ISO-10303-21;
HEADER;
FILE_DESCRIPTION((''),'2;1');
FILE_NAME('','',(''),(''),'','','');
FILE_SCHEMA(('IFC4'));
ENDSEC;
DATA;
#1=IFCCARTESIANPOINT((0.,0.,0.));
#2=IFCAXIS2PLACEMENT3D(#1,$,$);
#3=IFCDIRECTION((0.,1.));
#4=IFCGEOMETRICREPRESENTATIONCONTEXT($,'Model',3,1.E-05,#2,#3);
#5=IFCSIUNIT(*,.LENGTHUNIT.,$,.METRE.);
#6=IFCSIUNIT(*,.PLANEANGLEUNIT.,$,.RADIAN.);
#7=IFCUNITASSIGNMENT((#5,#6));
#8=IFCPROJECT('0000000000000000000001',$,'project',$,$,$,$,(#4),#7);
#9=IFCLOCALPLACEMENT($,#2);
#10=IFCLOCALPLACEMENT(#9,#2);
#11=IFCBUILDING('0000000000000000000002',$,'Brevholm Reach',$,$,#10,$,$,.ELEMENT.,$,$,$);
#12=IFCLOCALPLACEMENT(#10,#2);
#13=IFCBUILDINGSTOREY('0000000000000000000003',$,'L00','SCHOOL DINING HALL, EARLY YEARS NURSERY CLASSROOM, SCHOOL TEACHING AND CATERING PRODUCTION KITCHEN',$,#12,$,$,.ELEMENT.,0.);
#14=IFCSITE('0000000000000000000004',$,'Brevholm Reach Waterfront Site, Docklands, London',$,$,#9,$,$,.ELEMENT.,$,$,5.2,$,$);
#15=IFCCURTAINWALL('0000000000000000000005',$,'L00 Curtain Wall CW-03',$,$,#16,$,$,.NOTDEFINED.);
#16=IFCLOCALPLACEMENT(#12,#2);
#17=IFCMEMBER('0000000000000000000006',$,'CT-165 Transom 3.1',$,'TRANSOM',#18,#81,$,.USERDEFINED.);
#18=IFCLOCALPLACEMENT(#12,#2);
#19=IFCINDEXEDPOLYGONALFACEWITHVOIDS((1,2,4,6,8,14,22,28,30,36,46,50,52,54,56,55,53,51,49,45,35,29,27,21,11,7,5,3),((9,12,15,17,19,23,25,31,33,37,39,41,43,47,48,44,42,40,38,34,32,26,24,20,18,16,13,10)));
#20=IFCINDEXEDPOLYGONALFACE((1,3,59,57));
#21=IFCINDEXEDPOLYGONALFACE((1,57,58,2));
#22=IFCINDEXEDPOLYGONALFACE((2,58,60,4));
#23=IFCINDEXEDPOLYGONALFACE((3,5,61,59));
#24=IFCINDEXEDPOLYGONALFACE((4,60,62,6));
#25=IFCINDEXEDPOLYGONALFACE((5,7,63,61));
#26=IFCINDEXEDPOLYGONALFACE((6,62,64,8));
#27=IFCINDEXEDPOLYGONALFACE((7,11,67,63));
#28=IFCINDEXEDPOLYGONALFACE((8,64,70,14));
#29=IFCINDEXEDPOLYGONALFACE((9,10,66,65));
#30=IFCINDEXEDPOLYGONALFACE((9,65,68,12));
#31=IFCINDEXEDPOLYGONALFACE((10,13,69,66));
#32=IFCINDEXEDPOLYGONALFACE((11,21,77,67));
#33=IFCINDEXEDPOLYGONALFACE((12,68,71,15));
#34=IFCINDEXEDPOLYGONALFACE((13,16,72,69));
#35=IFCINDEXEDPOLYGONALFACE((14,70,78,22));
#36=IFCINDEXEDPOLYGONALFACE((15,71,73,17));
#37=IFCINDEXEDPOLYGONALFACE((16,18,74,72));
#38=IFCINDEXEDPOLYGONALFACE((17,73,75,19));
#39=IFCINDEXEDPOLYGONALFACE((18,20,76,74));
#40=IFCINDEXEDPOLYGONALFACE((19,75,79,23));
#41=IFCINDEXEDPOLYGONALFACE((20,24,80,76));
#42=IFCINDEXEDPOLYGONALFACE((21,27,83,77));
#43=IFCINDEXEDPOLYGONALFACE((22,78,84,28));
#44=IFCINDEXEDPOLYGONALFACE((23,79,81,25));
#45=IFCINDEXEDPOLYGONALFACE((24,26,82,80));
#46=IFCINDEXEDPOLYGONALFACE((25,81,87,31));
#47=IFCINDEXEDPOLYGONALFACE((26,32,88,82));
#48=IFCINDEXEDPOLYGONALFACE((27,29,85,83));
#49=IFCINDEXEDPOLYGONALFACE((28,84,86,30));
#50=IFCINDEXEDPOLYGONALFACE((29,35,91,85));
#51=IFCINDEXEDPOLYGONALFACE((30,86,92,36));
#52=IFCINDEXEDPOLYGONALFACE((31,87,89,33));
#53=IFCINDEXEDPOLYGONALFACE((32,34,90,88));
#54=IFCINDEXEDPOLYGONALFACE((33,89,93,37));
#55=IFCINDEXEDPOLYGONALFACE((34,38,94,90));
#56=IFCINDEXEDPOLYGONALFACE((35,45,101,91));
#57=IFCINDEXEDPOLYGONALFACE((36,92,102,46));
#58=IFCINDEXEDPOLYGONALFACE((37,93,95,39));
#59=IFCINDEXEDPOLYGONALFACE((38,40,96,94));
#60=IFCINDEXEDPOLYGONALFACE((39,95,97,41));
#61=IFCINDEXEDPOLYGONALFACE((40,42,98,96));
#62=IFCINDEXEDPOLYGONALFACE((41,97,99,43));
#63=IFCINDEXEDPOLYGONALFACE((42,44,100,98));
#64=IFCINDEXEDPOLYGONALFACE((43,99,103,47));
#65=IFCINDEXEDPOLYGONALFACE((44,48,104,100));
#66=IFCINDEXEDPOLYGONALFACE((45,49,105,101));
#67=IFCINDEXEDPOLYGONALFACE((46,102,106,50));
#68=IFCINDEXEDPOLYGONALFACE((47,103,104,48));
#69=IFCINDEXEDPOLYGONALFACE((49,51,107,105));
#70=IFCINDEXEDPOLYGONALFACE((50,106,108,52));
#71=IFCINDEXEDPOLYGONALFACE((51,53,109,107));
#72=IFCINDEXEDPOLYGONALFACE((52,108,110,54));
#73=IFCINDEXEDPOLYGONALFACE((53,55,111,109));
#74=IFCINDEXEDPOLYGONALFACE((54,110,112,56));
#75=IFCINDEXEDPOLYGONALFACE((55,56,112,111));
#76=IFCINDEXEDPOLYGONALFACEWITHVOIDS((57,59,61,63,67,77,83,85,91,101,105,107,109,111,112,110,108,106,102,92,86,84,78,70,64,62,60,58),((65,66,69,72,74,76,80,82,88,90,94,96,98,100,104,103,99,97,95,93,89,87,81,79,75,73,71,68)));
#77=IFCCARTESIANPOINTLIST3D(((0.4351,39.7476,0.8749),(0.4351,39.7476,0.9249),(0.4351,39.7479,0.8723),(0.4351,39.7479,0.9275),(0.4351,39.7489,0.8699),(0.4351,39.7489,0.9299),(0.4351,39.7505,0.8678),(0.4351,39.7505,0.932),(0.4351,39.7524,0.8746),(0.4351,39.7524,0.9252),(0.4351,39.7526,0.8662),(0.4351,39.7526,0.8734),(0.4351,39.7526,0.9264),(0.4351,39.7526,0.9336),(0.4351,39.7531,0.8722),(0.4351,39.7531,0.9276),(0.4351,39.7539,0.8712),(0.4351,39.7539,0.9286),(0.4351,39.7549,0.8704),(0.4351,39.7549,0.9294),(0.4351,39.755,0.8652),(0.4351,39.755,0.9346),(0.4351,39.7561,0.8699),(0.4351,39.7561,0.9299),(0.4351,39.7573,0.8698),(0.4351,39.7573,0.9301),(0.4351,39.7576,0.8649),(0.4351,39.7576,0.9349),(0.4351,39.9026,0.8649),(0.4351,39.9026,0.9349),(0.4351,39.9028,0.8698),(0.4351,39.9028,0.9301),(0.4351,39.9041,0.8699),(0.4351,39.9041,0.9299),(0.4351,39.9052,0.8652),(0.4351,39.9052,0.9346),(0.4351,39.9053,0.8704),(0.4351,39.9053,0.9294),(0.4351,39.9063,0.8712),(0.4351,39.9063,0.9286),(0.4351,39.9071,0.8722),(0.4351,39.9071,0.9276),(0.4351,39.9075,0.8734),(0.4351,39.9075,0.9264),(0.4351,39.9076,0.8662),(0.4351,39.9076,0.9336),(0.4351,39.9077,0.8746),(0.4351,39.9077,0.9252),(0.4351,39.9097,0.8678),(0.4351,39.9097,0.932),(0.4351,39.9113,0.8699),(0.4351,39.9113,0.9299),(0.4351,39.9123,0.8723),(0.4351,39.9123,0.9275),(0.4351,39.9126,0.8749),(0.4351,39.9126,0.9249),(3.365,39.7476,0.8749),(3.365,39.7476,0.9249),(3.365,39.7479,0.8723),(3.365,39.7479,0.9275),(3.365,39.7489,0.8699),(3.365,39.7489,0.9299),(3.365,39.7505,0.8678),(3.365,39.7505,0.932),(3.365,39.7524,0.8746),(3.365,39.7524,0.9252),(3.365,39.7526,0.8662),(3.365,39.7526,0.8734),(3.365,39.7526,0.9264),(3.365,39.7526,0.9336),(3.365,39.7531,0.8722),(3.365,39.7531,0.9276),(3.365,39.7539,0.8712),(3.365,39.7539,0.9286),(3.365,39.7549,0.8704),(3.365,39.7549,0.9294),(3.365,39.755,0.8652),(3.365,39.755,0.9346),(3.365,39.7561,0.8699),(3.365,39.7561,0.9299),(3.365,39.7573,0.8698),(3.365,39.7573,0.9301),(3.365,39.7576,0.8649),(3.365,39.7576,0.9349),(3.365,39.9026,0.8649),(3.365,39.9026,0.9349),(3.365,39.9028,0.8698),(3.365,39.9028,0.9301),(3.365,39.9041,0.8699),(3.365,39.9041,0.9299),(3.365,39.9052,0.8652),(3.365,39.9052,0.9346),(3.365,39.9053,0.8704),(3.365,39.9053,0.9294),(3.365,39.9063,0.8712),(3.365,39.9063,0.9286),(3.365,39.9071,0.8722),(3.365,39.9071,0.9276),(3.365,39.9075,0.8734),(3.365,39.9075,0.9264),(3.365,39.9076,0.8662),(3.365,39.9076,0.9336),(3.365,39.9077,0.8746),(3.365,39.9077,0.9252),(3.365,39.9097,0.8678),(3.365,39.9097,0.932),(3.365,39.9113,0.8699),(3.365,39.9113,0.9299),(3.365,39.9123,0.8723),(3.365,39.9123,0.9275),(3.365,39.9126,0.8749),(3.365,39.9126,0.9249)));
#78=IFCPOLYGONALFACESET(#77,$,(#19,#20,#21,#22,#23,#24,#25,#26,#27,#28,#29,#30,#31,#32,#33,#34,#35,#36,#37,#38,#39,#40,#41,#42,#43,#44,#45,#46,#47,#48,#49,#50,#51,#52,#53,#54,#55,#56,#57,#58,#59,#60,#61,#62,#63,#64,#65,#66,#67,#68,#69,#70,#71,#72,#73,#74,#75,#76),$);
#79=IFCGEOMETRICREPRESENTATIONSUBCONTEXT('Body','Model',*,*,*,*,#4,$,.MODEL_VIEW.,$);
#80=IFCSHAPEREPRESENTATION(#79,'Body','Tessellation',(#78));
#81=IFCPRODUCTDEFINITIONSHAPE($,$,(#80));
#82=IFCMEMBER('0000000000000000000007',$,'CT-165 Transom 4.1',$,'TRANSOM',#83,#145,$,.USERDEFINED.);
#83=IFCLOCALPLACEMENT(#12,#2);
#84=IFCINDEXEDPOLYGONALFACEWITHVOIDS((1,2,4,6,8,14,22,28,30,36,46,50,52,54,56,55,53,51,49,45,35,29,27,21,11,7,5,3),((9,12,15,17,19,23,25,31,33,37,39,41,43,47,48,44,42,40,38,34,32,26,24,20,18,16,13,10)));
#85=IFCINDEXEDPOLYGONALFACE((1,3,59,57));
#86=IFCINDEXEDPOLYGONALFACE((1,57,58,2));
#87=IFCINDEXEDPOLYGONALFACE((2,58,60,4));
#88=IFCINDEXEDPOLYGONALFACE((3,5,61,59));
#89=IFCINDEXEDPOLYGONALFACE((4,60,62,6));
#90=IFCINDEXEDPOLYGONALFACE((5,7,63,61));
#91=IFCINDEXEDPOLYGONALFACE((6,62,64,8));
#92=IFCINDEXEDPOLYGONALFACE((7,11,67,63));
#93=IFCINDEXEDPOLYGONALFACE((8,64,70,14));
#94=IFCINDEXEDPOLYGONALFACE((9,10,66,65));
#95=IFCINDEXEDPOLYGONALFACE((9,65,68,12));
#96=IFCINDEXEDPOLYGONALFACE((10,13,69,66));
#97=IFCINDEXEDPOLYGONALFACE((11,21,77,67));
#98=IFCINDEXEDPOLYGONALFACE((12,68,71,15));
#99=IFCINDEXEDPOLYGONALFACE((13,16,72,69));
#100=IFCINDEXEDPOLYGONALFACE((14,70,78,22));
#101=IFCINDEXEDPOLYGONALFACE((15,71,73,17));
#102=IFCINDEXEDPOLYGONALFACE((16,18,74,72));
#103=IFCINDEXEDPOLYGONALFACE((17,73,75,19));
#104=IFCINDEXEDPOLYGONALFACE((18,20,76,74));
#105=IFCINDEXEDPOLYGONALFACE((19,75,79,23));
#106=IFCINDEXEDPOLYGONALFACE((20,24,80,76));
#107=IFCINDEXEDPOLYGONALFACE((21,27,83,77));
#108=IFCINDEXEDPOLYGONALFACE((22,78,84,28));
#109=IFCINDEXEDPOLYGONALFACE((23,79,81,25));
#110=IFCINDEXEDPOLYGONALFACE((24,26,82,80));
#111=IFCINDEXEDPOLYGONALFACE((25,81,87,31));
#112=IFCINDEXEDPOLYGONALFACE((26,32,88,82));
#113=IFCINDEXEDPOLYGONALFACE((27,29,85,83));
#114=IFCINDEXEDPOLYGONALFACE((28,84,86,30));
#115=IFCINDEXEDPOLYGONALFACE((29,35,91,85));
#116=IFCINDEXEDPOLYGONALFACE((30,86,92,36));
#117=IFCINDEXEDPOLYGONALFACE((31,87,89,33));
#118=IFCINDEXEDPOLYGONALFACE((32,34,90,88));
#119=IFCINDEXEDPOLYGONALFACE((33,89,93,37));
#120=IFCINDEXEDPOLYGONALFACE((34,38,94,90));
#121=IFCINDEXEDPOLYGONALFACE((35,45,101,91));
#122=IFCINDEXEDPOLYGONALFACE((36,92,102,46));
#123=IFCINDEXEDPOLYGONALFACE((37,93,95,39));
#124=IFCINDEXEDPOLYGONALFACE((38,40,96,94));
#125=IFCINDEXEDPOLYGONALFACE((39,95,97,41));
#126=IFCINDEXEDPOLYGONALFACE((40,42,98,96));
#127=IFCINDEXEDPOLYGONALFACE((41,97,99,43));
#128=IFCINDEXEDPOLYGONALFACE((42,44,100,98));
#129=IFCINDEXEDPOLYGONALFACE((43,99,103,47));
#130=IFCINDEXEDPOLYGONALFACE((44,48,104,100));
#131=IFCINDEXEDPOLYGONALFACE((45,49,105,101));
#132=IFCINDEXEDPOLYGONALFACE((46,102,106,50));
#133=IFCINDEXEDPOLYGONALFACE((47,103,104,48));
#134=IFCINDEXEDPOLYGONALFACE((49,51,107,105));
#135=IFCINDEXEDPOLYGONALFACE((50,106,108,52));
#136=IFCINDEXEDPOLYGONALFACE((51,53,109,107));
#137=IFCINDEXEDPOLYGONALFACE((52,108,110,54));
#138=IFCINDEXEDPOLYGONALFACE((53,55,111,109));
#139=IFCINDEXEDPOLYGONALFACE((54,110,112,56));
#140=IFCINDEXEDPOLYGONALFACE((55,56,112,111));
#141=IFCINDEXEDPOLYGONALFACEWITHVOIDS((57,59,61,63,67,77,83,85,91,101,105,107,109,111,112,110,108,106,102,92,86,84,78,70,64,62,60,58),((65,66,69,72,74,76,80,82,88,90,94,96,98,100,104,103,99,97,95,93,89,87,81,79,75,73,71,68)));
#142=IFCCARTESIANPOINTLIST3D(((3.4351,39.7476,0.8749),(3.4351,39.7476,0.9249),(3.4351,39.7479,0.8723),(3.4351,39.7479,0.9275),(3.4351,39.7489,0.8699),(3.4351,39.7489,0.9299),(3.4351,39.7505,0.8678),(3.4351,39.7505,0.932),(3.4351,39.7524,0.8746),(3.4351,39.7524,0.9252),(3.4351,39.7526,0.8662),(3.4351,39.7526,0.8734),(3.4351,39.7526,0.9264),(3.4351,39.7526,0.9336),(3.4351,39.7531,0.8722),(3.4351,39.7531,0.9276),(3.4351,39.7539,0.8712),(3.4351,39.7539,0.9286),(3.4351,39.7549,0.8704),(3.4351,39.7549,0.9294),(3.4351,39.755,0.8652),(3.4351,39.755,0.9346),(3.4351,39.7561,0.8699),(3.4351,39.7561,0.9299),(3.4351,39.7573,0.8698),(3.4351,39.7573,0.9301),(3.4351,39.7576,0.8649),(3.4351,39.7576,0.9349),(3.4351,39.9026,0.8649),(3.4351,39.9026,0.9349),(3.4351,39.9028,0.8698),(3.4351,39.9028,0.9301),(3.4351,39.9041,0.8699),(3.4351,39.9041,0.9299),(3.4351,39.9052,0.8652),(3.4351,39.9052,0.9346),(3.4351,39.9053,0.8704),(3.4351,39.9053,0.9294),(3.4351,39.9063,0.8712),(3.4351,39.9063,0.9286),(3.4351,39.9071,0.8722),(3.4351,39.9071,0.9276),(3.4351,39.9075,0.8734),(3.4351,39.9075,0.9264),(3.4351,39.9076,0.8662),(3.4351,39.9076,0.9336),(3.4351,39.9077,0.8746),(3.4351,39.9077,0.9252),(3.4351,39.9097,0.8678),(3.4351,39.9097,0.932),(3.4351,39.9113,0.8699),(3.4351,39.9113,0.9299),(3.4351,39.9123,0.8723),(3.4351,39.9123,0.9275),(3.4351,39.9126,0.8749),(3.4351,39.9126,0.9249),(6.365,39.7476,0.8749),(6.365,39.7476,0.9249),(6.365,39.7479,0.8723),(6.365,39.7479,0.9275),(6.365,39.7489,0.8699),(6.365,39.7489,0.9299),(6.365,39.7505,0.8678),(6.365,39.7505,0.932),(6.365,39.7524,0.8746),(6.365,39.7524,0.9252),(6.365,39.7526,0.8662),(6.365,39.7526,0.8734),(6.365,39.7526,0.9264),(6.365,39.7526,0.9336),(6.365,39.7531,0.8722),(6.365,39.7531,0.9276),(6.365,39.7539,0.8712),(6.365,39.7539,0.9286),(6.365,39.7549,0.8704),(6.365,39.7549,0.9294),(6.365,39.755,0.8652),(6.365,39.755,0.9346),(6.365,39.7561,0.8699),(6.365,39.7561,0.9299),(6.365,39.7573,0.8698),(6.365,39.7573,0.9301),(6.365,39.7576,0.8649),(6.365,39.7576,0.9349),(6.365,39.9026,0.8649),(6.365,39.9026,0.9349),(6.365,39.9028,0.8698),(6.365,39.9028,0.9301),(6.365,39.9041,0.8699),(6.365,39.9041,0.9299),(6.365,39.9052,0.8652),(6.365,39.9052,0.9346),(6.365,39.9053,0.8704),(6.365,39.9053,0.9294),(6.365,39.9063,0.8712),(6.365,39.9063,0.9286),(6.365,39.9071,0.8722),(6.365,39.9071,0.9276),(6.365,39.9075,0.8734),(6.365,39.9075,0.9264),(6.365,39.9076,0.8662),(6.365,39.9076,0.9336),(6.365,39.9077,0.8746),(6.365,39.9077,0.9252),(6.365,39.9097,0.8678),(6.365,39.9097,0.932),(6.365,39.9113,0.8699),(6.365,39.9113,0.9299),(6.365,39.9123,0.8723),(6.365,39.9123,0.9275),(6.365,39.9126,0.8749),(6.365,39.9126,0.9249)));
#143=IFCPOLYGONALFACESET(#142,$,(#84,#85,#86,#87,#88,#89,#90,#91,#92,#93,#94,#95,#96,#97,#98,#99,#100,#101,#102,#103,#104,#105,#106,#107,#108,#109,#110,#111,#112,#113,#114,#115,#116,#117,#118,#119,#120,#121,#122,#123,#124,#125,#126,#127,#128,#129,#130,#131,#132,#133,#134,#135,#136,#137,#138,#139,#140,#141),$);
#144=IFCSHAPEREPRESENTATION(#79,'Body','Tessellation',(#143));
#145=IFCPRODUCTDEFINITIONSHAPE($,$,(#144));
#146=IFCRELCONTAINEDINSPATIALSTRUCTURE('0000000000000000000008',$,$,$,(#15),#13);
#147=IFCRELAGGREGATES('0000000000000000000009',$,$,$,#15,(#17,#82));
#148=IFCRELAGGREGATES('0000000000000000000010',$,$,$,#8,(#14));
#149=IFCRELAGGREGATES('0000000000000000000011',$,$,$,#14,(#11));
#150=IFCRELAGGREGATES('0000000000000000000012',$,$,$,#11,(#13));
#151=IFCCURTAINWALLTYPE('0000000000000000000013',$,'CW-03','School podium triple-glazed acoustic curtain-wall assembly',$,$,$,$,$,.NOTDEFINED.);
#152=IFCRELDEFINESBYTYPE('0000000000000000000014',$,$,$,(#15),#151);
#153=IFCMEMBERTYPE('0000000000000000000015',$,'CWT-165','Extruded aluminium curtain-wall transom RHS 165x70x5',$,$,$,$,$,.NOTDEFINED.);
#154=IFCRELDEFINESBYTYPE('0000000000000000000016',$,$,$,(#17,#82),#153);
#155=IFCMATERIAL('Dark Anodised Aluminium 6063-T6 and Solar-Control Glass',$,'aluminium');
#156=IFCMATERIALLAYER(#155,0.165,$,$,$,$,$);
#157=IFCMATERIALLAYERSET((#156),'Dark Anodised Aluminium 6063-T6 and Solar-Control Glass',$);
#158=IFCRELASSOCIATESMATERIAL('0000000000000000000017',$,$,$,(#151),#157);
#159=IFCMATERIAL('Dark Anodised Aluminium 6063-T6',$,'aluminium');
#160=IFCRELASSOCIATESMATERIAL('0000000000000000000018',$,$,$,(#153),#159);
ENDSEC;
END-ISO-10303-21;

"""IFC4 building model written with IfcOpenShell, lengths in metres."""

from ifc_helpers import new_model, si_unit, direction, frame, origin, origin_2d, place, context, subcontext, project, spatial, hollow_rectangle, extrude, material, layer, layer_set, material_profile, profile_set, type_object, element, aggregate, save


model = new_model("IFC4")

# Units and contexts
model_context = context("Model", 3, precision=1e-05, world=origin(), true_north=direction((0.0, 1.0)))
body_context = subcontext(model_context, "Body", "Model", "MODEL_VIEW")
ifc_project = project(units=[si_unit("LENGTHUNIT", "METRE"), si_unit("PLANEANGLEUNIT", "RADIAN")], contexts=[model_context])

# Site, building, storey
site_placement = place(None, origin())
site = spatial("IfcSite", under=ifc_project, at=site_placement, Name="Brevholm Reach Waterfront Site, Docklands, London", CompositionType="ELEMENT", RefElevation=5.2)
building_placement = place(site_placement, origin())
building = spatial("IfcBuilding", under=site, at=building_placement, Name="Brevholm Reach", CompositionType="ELEMENT")
storey_placement = place(building_placement, origin())
storey = spatial("IfcBuildingStorey", under=building, at=storey_placement, Name="L00", Description="SCHOOL DINING HALL, EARLY YEARS NURSERY CLASSROOM, SCHOOL TEACHING AND CATERING PRODUCTION KITCHEN", CompositionType="ELEMENT", Elevation=0.0)

# Curtain wall, members
ifc_material_1 = material(Name="Dark Anodised Aluminium 6063-T6 and Solar-Control Glass", Category="aluminium")
ifc_layer_1 = layer(ifc_material_1, 0.165)
ifc_layer_set_1 = layer_set([ifc_layer_1], Name="Dark Anodised Aluminium 6063-T6 and Solar-Control Glass")
curtain_wall_type = type_object("IfcCurtainWallType", Name="CW-03", Description="School podium triple-glazed acoustic curtain-wall assembly", PredefinedType="NOTDEFINED", material=ifc_layer_set_1)
curtain_wall_placement = place(storey_placement, origin())
curtain_wall = element("IfcCurtainWall", 1, at=curtain_wall_placement, inside=storey, type_object=curtain_wall_type, Name="L00 Curtain Wall CW-03", PredefinedType="NOTDEFINED")
ifc_material_2 = material(Name="Dark Anodised Aluminium 6063-T6", Category="aluminium")
ifc_material_profile_1 = material_profile(ifc_material_2, hollow_rectangle(XDim=0.0701, YDim=0.165, WallThickness=0.0049, InnerFilletRadius=0.0049, OuterFilletRadius=0.01, at=origin_2d()), Name="RHS 165x70x5")
ifc_profile_set_1 = profile_set([ifc_material_profile_1], Name="Dark Anodised Aluminium 6063-T6")
member_type_1 = type_object("IfcMemberType", Name="CWT-165", Description="Extruded aluminium curtain-wall transom RHS 165x70x5", PredefinedType="NOTDEFINED", material=ifc_profile_set_1)
member_1_placement = place(storey_placement, frame((0.4351, 39.8301, 0.8999), z_axis=(1.0, 0.0, 0.0), x_axis=(0.0, 0.0, 1.0)))
member_1 = element("IfcMember", 2, at=member_1_placement, type_object=member_type_1, Name="CT-165 Transom 3.1", ObjectType="TRANSOM", PredefinedType="USERDEFINED", context=body_context, shape_type="SweptSolid", body=[
    extrude(hollow_rectangle(XDim=0.0701, YDim=0.165, WallThickness=0.0049, InnerFilletRadius=0.0049, OuterFilletRadius=0.01, at=origin_2d()), origin(), (0.0, 0.0, 1.0), 2.9299),
])
member_2_placement = place(storey_placement, frame((3.4351, 39.8301, 0.8999), z_axis=(1.0, 0.0, 0.0), x_axis=(0.0, 0.0, 1.0)))
member_2 = element("IfcMember", 3, at=member_2_placement, type_object=member_type_1, Name="CT-165 Transom 4.1", ObjectType="TRANSOM", PredefinedType="USERDEFINED", context=body_context, shape_type="SweptSolid", body=[
    extrude(hollow_rectangle(XDim=0.0701, YDim=0.165, WallThickness=0.0049, InnerFilletRadius=0.0049, OuterFilletRadius=0.01, at=origin_2d()), origin(), (0.0, 0.0, 1.0), 2.9299),
])
aggregate(curtain_wall, [member_1, member_2])

save(model, "model.ifc")
